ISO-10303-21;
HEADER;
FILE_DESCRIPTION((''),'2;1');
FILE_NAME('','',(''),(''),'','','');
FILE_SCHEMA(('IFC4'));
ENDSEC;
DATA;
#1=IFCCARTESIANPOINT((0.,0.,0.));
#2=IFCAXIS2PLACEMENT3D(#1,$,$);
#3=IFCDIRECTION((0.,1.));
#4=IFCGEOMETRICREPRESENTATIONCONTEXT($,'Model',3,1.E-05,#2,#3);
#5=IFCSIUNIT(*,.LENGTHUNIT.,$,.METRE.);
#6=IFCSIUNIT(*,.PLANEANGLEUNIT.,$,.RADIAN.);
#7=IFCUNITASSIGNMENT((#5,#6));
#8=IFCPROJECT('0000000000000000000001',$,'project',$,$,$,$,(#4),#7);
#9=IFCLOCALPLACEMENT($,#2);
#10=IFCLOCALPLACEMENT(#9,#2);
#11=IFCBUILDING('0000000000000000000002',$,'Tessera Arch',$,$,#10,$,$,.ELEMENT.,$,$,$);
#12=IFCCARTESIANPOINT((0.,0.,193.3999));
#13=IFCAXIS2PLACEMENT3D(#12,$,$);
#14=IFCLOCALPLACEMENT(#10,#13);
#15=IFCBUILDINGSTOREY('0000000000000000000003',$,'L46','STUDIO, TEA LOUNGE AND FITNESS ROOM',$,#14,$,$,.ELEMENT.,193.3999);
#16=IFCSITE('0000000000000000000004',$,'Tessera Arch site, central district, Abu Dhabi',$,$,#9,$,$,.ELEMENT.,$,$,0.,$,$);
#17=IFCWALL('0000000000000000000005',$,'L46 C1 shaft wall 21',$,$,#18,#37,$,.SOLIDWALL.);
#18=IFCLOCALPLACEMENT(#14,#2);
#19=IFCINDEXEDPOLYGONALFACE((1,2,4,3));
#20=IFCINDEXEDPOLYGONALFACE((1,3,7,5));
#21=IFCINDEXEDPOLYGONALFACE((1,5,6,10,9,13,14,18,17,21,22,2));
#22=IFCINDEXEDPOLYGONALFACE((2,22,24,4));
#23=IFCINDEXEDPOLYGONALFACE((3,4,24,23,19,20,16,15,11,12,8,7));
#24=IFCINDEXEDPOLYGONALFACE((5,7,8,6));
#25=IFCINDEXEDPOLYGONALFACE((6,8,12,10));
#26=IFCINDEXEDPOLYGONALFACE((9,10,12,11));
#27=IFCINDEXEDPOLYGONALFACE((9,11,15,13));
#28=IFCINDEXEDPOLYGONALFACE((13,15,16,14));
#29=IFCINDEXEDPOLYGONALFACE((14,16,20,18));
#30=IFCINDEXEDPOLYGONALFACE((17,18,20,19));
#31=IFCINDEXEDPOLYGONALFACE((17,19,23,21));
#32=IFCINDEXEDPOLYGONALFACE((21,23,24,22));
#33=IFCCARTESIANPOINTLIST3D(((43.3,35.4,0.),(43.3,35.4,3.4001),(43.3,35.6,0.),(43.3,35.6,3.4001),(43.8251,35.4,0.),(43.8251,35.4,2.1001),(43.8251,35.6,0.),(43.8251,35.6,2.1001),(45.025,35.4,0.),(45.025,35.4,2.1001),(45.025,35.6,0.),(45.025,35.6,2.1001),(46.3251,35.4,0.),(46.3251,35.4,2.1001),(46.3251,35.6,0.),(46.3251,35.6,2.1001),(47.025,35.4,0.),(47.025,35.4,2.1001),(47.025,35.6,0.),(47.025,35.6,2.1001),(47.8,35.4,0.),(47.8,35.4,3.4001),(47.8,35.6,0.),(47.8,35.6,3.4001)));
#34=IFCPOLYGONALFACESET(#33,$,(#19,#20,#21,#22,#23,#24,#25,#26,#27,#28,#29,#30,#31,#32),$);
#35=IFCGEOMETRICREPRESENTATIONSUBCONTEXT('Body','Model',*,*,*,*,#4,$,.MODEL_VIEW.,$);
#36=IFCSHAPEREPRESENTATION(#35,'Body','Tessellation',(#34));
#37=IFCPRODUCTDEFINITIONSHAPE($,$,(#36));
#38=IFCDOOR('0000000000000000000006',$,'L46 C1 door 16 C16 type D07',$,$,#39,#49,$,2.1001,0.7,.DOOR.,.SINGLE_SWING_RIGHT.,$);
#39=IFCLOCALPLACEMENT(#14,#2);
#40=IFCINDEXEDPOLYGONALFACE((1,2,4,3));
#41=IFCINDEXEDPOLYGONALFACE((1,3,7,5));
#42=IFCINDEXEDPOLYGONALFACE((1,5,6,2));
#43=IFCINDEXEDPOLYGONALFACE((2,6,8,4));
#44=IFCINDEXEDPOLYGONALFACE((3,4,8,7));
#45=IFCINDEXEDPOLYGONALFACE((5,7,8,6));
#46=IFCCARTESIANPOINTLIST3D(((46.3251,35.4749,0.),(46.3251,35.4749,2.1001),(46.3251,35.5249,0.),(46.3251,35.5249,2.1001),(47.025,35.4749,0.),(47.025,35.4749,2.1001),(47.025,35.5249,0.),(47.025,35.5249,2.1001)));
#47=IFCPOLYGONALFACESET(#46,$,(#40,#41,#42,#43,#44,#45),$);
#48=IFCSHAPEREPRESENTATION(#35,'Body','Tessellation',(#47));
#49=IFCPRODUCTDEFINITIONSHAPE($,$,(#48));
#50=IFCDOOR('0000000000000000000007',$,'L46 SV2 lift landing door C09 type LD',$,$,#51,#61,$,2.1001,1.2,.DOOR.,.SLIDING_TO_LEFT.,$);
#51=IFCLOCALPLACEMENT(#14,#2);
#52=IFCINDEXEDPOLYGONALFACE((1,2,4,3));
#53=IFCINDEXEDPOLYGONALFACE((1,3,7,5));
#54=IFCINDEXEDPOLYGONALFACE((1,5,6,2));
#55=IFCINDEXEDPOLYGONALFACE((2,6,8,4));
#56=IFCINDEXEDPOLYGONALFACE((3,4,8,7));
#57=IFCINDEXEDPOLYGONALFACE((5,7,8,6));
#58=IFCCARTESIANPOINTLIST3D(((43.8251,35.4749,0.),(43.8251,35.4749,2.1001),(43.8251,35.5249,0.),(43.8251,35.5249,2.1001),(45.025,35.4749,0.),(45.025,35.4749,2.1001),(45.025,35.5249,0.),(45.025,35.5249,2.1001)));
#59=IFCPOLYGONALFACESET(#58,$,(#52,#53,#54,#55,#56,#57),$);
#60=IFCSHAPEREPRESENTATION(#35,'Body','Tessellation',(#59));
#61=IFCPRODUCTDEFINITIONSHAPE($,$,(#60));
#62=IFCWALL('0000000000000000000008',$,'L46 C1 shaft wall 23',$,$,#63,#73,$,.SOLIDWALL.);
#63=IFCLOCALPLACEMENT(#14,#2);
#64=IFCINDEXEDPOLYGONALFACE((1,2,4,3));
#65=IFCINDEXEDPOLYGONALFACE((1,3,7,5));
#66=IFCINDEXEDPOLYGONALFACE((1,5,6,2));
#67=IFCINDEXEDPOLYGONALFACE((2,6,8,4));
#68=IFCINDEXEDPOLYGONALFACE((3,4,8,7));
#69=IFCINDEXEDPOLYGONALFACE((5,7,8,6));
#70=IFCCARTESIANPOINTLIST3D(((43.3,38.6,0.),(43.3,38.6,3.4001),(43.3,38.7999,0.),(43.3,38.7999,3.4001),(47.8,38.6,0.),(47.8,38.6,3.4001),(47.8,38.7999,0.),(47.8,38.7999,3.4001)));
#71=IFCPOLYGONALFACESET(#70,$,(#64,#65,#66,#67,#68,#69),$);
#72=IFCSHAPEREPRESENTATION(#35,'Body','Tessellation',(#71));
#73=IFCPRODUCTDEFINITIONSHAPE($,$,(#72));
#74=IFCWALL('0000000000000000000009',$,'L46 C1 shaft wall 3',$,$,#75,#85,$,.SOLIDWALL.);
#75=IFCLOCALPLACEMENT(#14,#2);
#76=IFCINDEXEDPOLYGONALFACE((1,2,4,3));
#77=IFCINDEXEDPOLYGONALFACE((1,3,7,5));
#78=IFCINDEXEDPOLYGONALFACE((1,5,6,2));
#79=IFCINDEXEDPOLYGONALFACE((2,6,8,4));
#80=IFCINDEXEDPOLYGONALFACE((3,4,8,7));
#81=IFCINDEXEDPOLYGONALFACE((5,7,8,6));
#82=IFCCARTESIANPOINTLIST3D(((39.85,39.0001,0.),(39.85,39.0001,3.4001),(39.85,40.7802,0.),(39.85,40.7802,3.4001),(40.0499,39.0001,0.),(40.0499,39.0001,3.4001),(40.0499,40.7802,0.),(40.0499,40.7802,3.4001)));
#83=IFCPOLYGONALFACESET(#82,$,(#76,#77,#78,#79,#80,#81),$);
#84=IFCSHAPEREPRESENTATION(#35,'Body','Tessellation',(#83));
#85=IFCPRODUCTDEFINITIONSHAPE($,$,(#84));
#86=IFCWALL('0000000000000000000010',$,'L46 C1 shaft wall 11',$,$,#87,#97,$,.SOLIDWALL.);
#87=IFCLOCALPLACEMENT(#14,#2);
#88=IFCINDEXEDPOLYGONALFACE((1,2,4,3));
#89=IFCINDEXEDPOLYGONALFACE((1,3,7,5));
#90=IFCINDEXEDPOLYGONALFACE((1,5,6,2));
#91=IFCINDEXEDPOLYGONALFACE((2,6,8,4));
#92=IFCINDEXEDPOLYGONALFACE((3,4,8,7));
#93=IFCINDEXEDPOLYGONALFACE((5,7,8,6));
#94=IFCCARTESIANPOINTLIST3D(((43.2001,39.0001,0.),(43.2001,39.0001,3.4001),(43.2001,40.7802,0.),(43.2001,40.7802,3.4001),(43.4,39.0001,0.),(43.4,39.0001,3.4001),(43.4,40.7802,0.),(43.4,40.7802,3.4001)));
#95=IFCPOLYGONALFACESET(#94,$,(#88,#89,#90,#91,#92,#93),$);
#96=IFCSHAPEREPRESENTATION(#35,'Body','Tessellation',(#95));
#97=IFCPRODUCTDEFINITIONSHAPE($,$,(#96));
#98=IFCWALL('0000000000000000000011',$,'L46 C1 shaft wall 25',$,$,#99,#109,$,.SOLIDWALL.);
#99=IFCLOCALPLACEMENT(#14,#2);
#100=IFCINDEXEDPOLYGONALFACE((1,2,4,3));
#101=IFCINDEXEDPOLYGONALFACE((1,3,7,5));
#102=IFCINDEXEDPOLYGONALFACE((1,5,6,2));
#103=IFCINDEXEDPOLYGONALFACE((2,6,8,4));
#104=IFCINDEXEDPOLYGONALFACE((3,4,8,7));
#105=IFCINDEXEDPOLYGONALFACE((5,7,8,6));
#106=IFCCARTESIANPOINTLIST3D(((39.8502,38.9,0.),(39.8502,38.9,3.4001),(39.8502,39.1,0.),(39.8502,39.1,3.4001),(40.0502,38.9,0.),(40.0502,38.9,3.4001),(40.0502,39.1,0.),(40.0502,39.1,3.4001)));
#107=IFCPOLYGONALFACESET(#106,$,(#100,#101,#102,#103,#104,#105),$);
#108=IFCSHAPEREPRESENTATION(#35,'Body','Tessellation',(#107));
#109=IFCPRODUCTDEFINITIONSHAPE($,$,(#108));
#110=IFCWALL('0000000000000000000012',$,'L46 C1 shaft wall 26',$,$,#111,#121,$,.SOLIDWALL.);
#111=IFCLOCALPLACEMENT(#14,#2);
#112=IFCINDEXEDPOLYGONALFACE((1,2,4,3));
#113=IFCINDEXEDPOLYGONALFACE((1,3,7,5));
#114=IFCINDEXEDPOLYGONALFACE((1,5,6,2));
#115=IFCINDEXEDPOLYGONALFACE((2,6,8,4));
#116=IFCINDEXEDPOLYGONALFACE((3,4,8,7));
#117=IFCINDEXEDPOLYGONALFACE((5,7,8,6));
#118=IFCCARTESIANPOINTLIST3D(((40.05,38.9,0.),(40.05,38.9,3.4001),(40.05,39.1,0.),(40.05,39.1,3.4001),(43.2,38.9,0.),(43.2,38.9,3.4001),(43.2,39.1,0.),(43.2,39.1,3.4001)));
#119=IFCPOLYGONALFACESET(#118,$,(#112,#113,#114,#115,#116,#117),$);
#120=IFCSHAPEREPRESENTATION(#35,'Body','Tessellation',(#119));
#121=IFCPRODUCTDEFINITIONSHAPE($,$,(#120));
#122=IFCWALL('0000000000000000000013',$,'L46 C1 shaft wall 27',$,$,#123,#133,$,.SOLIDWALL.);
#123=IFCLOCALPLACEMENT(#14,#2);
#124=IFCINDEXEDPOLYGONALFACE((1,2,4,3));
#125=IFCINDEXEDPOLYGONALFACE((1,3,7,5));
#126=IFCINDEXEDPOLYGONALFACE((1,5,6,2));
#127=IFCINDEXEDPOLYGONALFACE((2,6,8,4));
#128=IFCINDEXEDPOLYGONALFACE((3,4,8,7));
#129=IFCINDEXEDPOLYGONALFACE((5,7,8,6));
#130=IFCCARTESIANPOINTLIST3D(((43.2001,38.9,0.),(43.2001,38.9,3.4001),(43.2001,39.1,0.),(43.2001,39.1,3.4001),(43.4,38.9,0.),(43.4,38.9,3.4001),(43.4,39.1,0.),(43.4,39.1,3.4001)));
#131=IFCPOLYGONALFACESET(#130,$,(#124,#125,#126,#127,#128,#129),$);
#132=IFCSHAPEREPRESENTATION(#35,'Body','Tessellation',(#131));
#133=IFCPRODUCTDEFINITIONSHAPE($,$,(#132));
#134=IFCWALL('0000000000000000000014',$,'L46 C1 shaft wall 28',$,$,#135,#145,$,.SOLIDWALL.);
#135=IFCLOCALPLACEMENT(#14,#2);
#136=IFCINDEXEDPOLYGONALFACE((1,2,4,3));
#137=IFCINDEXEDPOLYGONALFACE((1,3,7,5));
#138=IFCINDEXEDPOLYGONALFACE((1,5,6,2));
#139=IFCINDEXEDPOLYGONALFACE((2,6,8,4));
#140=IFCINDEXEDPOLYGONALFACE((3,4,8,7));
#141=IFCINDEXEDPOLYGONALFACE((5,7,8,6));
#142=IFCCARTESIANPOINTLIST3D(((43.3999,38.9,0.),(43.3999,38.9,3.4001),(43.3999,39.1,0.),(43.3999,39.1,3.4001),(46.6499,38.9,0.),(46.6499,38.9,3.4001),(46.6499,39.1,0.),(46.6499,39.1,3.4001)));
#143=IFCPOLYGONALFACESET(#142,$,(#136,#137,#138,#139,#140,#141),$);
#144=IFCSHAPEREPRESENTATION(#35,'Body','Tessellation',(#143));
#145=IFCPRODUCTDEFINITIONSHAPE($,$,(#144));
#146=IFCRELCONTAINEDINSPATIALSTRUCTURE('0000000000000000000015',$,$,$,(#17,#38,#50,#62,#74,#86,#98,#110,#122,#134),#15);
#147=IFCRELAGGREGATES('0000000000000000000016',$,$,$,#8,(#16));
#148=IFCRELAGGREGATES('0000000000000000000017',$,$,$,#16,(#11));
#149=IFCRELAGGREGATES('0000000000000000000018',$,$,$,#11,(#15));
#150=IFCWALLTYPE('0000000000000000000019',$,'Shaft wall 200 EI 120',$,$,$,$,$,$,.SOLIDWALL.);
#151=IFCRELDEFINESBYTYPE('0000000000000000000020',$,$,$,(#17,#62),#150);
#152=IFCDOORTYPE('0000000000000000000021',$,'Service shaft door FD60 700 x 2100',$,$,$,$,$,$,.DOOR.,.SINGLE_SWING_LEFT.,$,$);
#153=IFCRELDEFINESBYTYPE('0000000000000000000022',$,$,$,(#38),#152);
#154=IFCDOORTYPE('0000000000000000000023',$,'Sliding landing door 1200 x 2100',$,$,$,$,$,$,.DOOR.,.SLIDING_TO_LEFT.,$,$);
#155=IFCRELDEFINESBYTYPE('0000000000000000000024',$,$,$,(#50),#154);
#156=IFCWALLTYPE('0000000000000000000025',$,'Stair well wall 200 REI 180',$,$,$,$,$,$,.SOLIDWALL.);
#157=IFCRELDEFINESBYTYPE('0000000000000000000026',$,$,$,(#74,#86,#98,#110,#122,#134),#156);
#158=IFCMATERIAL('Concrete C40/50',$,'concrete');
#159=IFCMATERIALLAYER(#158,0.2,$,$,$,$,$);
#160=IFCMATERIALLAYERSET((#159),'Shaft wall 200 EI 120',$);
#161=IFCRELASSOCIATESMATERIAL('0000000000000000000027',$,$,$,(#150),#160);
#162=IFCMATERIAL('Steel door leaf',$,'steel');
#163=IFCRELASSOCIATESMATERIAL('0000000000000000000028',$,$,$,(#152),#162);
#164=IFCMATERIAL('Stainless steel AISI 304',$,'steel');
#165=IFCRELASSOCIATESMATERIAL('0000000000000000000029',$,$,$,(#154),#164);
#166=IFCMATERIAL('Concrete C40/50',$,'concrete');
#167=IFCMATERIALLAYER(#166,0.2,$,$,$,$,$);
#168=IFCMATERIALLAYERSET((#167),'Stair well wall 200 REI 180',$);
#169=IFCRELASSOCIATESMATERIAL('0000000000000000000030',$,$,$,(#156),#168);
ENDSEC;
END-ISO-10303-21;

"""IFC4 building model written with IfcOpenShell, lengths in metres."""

from ifc_helpers import new_model, si_unit, direction, frame, frame_2d, origin, place, context, subcontext, project, spatial, rectangle, extrude, material, layer, layer_set, type_object, element, fill, save


model = new_model("IFC4")

# Units and contexts
model_context = context("Model", 3, precision=1e-05, world=origin(), true_north=direction((0.0, 1.0)))
body_context = subcontext(model_context, "Body", "Model", "MODEL_VIEW")
ifc_project = project(units=[si_unit("LENGTHUNIT", "METRE"), si_unit("PLANEANGLEUNIT", "RADIAN")], contexts=[model_context])

# Site, building, storey
site_placement = place(None, origin())
site = spatial("IfcSite", under=ifc_project, at=site_placement, Name="Tessera Arch site, central district, Abu Dhabi", CompositionType="ELEMENT", RefElevation=0.0)
building_placement = place(site_placement, origin())
building = spatial("IfcBuilding", under=site, at=building_placement, Name="Tessera Arch", CompositionType="ELEMENT")
storey_placement = place(building_placement, frame((0.0, 0.0, 193.3999)))
storey = spatial("IfcBuildingStorey", under=building, at=storey_placement, Name="L46", Description="STUDIO, TEA LOUNGE AND FITNESS ROOM", CompositionType="ELEMENT", Elevation=193.3999)

# Shared definitions
ifc_material_1 = material(Name="Concrete C40/50", Category="concrete")
ifc_layer_1 = layer(ifc_material_1, 0.2)
ifc_layer_set_1 = layer_set([ifc_layer_1], Name="Shaft wall 200 EI 120")
wall_type_1 = type_object("IfcWallType", Name="Shaft wall 200 EI 120", PredefinedType="SOLIDWALL", material=ifc_layer_set_1)

# Wall, openings, doors
wall_1_placement = place(storey_placement, frame((43.3, 35.5, 0.0), z_axis=(0.0, 0.0, 1.0), x_axis=(1.0, 0.0, 0.0)))
wall_1 = element("IfcWall", 1, at=wall_1_placement, inside=storey, type_object=wall_type_1, Name="L46 C1 shaft wall 21", PredefinedType="SOLIDWALL", context=body_context, shape_type="SweptSolid", body=[
    extrude(rectangle(XDim=4.5, YDim=0.2, at=frame_2d((2.25, 0.0))), origin(), (0.0, 0.0, 1.0), 3.4001),
])
opening_1_placement = place(wall_1_placement, frame((0.5249, 0.0, 0.0)))
opening_1 = element("IfcOpeningElement", 2, at=opening_1_placement, cuts=wall_1, PredefinedType="OPENING", context=body_context, shape_type="SweptSolid", body=[
    extrude(rectangle(XDim=1.2, YDim=2.1001, at=frame_2d((0.6001, 1.05))), frame((0.0, 0.1099, 0.0), z_axis=(0.0, -1.0, 0.0), x_axis=(1.0, 0.0, 0.0)), (0.0, 0.0, 1.0), 0.22),
])
opening_2_placement = place(wall_1_placement, frame((3.0249, 0.0, 0.0)))
opening_2 = element("IfcOpeningElement", 3, at=opening_2_placement, cuts=wall_1, PredefinedType="OPENING", context=body_context, shape_type="SweptSolid", body=[
    extrude(rectangle(XDim=0.7, YDim=2.1001, at=frame_2d((0.3501, 1.05))), frame((0.0, 0.1099, 0.0), z_axis=(0.0, -1.0, 0.0), x_axis=(1.0, 0.0, 0.0)), (0.0, 0.0, 1.0), 0.22),
])
ifc_material_2 = material(Name="Steel door leaf", Category="steel")
door_type_1 = type_object("IfcDoorType", Name="Service shaft door FD60 700 x 2100", OperationType="SINGLE_SWING_LEFT", PredefinedType="DOOR", material=ifc_material_2)
door_1_placement = place(opening_2_placement, origin())
door_1 = element("IfcDoor", 4, at=door_1_placement, inside=storey, type_object=door_type_1, Name="L46 C1 door 16 C16 type D07", OperationType="SINGLE_SWING_RIGHT", OverallHeight=2.1001, OverallWidth=0.7, PredefinedType="DOOR", context=body_context, shape_type="SweptSolid", body=[
    extrude(rectangle(XDim=0.7, YDim=2.1001, at=frame_2d((0.3501, 1.05))), frame((0.0, 0.0249, 0.0), z_axis=(0.0, -1.0, 0.0), x_axis=(1.0, 0.0, 0.0)), (0.0, 0.0, 1.0), 0.05),
])
fill(opening_2, door_1)
ifc_material_3 = material(Name="Stainless steel AISI 304", Category="steel")
door_type_2 = type_object("IfcDoorType", Name="Sliding landing door 1200 x 2100", OperationType="SLIDING_TO_LEFT", PredefinedType="DOOR", material=ifc_material_3)
door_2_placement = place(opening_1_placement, origin())
door_2 = element("IfcDoor", 5, at=door_2_placement, inside=storey, type_object=door_type_2, Name="L46 SV2 lift landing door C09 type LD", OperationType="SLIDING_TO_LEFT", OverallHeight=2.1001, OverallWidth=1.2, PredefinedType="DOOR", context=body_context, shape_type="SweptSolid", body=[
    extrude(rectangle(XDim=1.2, YDim=2.1001, at=frame_2d((0.6001, 1.05))), frame((0.0, 0.0249, 0.0), z_axis=(0.0, -1.0, 0.0), x_axis=(1.0, 0.0, 0.0)), (0.0, 0.0, 1.0), 0.05),
])
fill(opening_1, door_2)

# Walls
wall_2_placement = place(storey_placement, frame((43.3, 38.7, 0.0), z_axis=(0.0, 0.0, 1.0), x_axis=(1.0, 0.0, 0.0)))
element("IfcWall", 6, at=wall_2_placement, inside=storey, type_object=wall_type_1, Name="L46 C1 shaft wall 23", PredefinedType="SOLIDWALL", context=body_context, shape_type="SweptSolid", body=[
    extrude(rectangle(XDim=4.5, YDim=0.2, at=frame_2d((2.25, 0.0))), origin(), (0.0, 0.0, 1.0), 3.4001),
])
ifc_material_4 = material(Name="Concrete C40/50", Category="concrete")
ifc_layer_2 = layer(ifc_material_4, 0.2)
ifc_layer_set_2 = layer_set([ifc_layer_2], Name="Stair well wall 200 REI 180")
wall_type_2 = type_object("IfcWallType", Name="Stair well wall 200 REI 180", PredefinedType="SOLIDWALL", material=ifc_layer_set_2)
for number, where, z_axis, x_axis, name in (
    (7, (39.95, 39.0, 0.0), (0.0, 0.0, 1.0), (0.0, 1.0, 0.0), "L46 C1 shaft wall 3"),
    (8, (43.3, 39.0, 0.0), (0.0, 0.0, 1.0), (0.0, 1.0, 0.0), "L46 C1 shaft wall 11"),
):
    element("IfcWall", number, at=place(storey_placement, frame(where, z_axis=z_axis, x_axis=x_axis)), inside=storey, type_object=wall_type_2, Name=name, PredefinedType="SOLIDWALL", context=body_context, shape_type="SweptSolid", body=[
        extrude(rectangle(XDim=1.78, YDim=0.2, at=frame_2d((0.8901, 0.0))), origin(), (0.0, 0.0, 1.0), 3.4001),
    ])
wall_3_placement = place(storey_placement, frame((39.8501, 39.0, 0.0), z_axis=(0.0, 0.0, 1.0), x_axis=(1.0, 0.0, 0.0)))
element("IfcWall", 9, at=wall_3_placement, inside=storey, type_object=wall_type_2, Name="L46 C1 shaft wall 25", PredefinedType="SOLIDWALL", context=body_context, shape_type="SweptSolid", body=[
    extrude(rectangle(XDim=0.2, YDim=0.2, at=frame_2d((0.1001, 0.0))), origin(), (0.0, 0.0, 1.0), 3.4001),
])
wall_4_placement = place(storey_placement, frame((40.05, 39.0, 0.0), z_axis=(0.0, 0.0, 1.0), x_axis=(1.0, 0.0, 0.0)))
element("IfcWall", 10, at=wall_4_placement, inside=storey, type_object=wall_type_2, Name="L46 C1 shaft wall 26", PredefinedType="SOLIDWALL", context=body_context, shape_type="SweptSolid", body=[
    extrude(rectangle(XDim=3.1499, YDim=0.2, at=frame_2d((1.575, 0.0))), origin(), (0.0, 0.0, 1.0), 3.4001),
])
wall_5_placement = place(storey_placement, frame((43.2, 39.0, 0.0), z_axis=(0.0, 0.0, 1.0), x_axis=(1.0, 0.0, 0.0)))
element("IfcWall", 11, at=wall_5_placement, inside=storey, type_object=wall_type_2, Name="L46 C1 shaft wall 27", PredefinedType="SOLIDWALL", context=body_context, shape_type="SweptSolid", body=[
    extrude(rectangle(XDim=0.2, YDim=0.2, at=frame_2d((0.1001, 0.0))), origin(), (0.0, 0.0, 1.0), 3.4001),
])
wall_6_placement = place(storey_placement, frame((43.3999, 39.0, 0.0), z_axis=(0.0, 0.0, 1.0), x_axis=(1.0, 0.0, 0.0)))
element("IfcWall", 12, at=wall_6_placement, inside=storey, type_object=wall_type_2, Name="L46 C1 shaft wall 28", PredefinedType="SOLIDWALL", context=body_context, shape_type="SweptSolid", body=[
    extrude(rectangle(XDim=3.25, YDim=0.2, at=frame_2d((1.625, 0.0))), origin(), (0.0, 0.0, 1.0), 3.4001),
])

save(model, "model.ifc")
